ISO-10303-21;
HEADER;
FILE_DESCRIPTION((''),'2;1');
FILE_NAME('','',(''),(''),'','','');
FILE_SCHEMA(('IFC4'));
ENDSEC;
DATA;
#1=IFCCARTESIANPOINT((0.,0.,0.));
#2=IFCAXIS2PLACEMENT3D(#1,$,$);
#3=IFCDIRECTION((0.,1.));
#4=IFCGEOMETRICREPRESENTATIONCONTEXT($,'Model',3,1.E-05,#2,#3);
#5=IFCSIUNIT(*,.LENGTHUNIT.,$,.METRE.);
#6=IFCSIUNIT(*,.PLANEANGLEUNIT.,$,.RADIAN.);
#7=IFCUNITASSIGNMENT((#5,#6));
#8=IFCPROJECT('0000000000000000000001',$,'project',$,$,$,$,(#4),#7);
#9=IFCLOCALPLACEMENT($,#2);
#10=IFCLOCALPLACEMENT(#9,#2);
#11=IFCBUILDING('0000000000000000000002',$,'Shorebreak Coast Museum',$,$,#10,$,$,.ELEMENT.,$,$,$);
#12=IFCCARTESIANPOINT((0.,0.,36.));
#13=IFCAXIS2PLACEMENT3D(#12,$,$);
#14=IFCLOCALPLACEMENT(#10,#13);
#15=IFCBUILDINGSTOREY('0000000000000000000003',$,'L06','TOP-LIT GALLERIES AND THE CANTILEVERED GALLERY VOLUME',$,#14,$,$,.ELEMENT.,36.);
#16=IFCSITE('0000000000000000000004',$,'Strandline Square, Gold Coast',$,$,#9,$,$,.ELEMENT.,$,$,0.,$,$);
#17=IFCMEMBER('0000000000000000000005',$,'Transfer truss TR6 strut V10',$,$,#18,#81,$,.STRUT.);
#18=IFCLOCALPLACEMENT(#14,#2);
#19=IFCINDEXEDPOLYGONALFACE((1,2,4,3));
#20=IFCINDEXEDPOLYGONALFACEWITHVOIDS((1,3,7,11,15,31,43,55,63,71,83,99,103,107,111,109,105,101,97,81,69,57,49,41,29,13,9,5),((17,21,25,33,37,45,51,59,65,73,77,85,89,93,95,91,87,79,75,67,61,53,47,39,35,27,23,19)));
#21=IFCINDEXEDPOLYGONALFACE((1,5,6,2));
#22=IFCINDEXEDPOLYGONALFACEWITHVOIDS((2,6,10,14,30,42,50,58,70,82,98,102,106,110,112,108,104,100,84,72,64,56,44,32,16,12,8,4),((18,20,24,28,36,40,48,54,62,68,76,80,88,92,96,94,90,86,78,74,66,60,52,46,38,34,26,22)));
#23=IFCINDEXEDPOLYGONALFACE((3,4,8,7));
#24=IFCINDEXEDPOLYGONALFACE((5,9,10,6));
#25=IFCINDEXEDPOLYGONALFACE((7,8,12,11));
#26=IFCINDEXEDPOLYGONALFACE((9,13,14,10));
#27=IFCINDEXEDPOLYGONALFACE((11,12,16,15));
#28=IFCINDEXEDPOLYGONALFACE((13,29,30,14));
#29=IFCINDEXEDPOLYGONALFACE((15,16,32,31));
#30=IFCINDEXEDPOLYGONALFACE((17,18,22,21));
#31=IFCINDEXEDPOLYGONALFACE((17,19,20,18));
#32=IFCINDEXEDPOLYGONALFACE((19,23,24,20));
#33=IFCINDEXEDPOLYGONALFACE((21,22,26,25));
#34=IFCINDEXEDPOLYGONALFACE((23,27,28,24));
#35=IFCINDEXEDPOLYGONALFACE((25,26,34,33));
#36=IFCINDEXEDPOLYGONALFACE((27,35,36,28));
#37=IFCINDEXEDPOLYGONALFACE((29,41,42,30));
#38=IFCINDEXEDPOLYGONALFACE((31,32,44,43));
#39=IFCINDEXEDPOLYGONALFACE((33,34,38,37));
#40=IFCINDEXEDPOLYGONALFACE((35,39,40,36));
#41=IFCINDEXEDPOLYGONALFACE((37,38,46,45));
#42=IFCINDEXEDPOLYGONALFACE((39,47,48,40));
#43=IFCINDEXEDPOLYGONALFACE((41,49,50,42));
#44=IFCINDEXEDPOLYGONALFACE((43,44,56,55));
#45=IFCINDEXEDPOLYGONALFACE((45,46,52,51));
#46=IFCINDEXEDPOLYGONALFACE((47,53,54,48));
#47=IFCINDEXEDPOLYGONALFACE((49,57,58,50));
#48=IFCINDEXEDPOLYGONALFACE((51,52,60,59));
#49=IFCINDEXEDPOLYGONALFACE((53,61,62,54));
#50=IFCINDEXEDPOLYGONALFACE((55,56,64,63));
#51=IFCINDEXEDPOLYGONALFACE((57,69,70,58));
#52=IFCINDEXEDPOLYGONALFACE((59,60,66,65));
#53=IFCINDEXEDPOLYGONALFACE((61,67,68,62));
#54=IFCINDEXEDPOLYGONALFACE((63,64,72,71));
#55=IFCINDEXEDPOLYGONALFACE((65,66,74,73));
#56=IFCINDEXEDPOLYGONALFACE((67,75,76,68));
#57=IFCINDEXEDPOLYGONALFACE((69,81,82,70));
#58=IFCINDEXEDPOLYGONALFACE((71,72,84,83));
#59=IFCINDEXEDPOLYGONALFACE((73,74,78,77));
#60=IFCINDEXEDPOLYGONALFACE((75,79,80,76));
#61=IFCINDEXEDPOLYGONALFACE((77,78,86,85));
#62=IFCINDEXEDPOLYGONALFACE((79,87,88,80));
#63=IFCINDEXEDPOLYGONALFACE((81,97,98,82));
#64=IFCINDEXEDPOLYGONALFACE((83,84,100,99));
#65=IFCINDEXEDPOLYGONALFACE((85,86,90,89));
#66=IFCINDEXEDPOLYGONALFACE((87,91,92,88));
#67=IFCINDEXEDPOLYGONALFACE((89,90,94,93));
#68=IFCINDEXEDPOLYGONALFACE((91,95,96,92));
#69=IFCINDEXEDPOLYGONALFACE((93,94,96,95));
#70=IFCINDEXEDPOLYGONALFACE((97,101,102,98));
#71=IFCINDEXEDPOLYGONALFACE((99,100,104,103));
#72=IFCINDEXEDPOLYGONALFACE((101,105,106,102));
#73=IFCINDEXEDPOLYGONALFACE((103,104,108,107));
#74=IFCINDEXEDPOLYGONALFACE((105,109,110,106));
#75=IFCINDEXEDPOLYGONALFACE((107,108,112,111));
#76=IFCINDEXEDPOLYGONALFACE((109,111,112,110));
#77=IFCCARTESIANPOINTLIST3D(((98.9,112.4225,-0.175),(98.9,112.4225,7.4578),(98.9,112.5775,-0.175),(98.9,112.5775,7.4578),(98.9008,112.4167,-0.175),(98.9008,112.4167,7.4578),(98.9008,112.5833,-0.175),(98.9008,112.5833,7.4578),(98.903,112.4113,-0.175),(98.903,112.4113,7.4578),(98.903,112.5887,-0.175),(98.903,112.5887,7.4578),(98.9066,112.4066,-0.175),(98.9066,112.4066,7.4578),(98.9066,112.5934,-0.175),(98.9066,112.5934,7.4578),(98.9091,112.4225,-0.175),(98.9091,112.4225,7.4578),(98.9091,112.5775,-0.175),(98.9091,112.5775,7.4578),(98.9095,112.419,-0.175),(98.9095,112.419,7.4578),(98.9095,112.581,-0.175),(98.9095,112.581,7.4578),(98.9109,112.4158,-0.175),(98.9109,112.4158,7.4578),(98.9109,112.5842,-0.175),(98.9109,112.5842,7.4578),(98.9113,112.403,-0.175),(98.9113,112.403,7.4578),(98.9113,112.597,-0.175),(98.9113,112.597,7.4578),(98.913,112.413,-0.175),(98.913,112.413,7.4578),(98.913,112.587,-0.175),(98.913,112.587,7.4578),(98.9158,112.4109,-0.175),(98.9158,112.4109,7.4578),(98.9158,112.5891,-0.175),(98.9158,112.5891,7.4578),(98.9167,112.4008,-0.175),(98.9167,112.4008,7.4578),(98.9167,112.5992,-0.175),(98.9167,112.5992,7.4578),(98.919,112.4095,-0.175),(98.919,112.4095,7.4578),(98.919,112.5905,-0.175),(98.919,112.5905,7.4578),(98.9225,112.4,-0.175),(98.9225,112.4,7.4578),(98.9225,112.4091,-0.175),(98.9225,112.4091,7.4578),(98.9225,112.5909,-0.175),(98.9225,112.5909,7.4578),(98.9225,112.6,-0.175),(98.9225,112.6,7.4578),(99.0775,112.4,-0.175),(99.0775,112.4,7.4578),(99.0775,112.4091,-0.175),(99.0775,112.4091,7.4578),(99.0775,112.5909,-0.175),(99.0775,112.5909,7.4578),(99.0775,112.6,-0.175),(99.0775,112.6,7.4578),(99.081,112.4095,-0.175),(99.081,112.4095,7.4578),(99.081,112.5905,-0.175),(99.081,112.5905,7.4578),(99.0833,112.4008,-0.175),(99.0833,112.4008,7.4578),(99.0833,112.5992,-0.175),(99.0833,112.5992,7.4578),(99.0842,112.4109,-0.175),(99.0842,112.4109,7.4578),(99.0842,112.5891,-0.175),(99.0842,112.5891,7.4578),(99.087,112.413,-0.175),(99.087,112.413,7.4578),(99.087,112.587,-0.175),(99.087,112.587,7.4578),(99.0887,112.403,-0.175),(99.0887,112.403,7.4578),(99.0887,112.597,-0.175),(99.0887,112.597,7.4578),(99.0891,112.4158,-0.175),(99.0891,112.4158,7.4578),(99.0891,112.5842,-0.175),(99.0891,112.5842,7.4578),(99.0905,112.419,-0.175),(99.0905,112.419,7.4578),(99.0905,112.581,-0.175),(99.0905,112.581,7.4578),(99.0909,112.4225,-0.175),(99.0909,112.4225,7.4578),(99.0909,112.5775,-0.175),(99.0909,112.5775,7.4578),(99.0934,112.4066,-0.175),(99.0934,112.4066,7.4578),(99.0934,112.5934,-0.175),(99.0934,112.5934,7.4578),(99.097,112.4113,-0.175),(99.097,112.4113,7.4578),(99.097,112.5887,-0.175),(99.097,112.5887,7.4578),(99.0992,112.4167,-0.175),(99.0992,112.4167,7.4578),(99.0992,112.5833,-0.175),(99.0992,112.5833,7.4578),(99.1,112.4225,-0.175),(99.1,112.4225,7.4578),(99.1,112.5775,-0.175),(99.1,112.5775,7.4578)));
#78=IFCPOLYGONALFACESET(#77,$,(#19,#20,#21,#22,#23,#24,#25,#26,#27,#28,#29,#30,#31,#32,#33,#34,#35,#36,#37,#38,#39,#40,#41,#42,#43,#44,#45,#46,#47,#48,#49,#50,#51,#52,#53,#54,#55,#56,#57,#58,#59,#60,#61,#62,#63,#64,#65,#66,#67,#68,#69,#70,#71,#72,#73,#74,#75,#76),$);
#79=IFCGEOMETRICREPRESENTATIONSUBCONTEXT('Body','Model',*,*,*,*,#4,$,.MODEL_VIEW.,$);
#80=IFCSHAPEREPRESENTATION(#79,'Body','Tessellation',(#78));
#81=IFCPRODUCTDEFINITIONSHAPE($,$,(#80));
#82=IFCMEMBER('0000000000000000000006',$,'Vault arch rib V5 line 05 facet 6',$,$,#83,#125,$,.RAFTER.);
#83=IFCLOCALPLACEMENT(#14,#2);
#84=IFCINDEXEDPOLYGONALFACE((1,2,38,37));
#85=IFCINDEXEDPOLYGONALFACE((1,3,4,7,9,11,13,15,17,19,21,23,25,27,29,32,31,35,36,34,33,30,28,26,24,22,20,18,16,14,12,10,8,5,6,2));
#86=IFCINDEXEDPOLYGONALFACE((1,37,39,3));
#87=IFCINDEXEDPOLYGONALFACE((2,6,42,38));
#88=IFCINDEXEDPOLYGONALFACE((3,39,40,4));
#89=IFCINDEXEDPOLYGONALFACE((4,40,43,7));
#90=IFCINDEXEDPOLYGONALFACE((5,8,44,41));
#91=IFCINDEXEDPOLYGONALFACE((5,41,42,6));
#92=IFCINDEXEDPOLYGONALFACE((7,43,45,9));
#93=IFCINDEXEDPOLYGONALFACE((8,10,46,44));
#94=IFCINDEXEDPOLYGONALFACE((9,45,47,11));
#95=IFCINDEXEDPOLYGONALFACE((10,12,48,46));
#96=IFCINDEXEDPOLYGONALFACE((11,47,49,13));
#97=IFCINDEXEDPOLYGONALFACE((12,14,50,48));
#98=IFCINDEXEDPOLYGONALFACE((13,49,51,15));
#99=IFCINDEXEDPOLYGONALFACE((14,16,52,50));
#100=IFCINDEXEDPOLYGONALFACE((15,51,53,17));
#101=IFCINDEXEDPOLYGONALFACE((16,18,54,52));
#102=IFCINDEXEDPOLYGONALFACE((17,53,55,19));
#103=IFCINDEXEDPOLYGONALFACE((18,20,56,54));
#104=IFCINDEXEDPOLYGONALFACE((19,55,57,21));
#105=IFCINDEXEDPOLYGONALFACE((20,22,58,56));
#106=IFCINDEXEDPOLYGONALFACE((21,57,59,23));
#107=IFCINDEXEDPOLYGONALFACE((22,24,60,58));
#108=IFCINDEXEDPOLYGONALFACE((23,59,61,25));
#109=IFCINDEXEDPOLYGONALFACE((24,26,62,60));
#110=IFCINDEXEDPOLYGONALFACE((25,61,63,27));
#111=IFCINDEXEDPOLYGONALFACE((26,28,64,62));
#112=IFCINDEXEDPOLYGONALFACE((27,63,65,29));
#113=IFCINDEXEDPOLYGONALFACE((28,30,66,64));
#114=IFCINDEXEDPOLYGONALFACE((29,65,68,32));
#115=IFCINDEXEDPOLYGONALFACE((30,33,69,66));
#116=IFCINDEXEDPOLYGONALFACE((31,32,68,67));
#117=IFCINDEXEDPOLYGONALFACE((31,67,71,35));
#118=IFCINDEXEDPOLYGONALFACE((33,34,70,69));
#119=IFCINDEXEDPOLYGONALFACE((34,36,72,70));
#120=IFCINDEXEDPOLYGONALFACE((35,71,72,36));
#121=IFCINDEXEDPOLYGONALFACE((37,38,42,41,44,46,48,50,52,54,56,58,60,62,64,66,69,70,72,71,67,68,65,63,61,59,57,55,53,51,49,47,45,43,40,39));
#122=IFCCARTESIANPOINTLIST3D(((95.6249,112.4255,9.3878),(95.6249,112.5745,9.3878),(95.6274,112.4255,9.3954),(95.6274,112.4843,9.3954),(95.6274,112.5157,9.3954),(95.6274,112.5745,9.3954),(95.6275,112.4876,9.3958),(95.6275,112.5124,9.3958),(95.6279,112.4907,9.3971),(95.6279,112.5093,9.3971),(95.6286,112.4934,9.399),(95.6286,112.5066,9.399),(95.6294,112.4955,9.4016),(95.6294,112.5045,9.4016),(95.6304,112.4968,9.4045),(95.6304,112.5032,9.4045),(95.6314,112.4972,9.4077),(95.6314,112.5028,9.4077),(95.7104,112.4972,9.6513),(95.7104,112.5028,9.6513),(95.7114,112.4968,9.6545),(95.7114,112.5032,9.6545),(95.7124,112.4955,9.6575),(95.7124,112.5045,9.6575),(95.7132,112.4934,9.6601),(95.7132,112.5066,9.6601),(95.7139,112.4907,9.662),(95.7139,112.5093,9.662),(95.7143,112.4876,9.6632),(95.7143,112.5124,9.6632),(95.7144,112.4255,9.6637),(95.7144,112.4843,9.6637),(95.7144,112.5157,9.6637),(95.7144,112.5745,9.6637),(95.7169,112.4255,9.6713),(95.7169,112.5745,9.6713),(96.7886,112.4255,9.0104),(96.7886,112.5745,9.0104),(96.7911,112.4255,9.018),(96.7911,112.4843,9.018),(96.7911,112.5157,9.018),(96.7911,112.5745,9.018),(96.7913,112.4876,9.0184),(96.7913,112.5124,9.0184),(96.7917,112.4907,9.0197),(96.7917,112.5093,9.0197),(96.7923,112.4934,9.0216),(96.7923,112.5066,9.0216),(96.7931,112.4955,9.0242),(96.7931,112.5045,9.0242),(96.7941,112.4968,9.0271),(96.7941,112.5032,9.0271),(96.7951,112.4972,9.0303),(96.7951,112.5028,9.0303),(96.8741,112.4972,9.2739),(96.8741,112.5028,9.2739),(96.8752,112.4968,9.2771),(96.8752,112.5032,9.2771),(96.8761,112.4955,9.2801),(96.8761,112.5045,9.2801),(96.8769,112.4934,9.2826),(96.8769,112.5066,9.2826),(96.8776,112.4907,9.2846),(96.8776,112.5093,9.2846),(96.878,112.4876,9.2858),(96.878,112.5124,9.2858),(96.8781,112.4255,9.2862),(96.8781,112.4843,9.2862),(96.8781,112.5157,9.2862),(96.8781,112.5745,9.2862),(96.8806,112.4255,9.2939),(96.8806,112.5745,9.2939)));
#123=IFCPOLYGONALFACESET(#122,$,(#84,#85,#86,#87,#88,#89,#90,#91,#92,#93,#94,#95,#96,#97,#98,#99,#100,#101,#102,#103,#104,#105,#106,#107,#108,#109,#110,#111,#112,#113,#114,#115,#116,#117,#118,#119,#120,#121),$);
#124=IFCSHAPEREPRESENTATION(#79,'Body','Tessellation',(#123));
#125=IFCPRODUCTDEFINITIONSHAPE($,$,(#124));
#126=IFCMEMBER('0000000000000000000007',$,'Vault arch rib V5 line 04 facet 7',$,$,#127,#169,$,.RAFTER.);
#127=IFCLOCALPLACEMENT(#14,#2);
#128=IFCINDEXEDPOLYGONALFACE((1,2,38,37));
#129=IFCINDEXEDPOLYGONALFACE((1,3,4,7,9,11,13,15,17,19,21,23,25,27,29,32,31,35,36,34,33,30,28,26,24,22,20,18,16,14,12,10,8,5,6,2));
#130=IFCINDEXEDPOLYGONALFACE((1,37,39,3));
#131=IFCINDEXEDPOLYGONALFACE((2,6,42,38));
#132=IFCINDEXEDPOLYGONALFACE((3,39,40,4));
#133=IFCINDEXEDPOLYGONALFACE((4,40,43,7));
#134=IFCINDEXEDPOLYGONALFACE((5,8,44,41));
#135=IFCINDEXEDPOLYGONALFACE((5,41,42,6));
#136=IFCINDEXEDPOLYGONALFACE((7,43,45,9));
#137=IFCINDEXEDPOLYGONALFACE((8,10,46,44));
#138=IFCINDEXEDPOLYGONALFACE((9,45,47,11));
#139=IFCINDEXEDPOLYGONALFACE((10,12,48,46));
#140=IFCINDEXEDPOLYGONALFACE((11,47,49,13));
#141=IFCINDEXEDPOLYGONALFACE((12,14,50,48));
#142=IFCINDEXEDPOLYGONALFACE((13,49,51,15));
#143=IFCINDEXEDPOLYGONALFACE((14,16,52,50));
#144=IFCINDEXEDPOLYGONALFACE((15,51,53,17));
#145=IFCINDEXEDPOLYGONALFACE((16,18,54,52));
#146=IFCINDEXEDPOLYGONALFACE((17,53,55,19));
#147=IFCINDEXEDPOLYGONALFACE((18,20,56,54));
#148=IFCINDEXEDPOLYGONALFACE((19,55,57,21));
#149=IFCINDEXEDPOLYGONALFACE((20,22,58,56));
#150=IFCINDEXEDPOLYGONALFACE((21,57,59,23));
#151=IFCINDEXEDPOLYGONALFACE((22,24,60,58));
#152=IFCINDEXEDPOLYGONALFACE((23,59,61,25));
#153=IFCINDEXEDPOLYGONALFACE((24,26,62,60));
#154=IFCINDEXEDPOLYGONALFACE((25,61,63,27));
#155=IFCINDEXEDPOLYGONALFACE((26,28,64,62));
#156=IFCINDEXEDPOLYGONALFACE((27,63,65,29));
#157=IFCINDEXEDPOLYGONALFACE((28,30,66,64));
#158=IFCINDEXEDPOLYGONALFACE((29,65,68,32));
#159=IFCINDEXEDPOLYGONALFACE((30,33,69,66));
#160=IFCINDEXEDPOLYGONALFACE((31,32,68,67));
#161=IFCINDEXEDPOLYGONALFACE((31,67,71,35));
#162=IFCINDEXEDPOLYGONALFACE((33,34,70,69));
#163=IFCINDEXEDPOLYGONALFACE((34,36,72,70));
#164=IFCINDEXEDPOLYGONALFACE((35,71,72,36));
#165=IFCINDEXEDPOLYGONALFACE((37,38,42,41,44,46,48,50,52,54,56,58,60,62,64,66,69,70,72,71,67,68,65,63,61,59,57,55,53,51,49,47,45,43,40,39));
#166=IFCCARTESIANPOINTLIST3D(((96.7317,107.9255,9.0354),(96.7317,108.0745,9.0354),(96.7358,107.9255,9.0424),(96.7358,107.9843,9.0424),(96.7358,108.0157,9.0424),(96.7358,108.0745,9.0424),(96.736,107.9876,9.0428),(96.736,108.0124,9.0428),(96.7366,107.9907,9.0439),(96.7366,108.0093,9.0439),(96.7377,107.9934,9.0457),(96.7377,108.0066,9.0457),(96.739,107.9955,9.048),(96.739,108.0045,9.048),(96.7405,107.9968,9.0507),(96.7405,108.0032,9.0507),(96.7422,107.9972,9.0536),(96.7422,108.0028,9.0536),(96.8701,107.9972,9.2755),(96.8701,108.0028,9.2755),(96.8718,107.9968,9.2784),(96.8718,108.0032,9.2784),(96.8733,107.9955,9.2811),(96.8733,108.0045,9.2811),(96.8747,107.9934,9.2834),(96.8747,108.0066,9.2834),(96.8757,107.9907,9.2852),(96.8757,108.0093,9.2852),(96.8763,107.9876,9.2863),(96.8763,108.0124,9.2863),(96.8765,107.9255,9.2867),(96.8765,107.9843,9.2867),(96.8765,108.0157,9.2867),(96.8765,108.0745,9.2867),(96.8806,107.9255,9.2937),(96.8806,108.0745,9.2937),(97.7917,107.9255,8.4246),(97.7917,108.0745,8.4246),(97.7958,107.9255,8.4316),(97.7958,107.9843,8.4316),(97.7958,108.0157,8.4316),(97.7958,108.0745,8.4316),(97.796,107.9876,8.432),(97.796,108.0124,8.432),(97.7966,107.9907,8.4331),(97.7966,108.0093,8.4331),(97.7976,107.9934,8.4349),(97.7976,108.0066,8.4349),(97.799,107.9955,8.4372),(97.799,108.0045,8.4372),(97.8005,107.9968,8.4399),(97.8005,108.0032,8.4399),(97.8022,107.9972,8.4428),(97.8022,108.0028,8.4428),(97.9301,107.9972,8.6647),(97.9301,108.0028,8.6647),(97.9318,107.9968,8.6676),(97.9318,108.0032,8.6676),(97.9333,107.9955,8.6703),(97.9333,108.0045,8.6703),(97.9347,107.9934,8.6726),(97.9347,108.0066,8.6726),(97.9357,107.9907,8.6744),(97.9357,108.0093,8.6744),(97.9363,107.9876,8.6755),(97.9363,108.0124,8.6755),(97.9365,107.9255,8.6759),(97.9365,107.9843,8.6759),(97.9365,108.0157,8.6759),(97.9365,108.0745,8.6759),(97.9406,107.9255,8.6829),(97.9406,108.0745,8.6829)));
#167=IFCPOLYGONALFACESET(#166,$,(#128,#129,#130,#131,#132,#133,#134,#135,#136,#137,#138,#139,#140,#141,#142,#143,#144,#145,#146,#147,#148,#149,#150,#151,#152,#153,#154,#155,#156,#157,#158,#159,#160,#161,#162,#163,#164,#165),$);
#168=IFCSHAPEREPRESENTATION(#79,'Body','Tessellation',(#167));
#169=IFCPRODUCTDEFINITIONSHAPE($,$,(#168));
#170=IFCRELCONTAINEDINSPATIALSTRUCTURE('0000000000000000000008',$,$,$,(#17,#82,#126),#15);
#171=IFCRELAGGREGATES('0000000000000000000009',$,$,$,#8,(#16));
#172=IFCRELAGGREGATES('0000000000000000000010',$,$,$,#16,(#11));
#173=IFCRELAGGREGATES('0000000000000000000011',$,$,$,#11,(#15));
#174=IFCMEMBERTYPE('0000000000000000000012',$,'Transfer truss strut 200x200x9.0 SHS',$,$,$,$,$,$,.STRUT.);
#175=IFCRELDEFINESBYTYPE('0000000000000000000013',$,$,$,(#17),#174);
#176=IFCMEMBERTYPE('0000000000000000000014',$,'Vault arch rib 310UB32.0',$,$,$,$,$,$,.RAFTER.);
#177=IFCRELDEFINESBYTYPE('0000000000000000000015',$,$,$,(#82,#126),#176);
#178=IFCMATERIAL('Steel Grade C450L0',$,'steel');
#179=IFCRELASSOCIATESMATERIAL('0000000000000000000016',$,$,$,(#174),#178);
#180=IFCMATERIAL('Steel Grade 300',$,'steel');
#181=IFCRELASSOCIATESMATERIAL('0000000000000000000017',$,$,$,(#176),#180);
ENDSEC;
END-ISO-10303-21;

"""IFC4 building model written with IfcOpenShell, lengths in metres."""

from ifc_helpers import new_model, si_unit, direction, frame, origin, origin_2d, place, context, subcontext, project, spatial, hollow_rectangle, i_section, extrude, material, material_profile, profile_set, type_object, element, save


model = new_model("IFC4")

# Units and contexts
model_context = context("Model", 3, precision=1e-05, world=origin(), true_north=direction((0.0, 1.0)))
body_context = subcontext(model_context, "Body", "Model", "MODEL_VIEW")
ifc_project = project(units=[si_unit("LENGTHUNIT", "METRE"), si_unit("PLANEANGLEUNIT", "RADIAN")], contexts=[model_context])

# Site, building, storey
site_placement = place(None, origin())
site = spatial("IfcSite", under=ifc_project, at=site_placement, Name="Strandline Square, Gold Coast", CompositionType="ELEMENT", RefElevation=0.0)
building_placement = place(site_placement, origin())
building = spatial("IfcBuilding", under=site, at=building_placement, Name="Shorebreak Coast Museum", CompositionType="ELEMENT")
storey_placement = place(building_placement, frame((0.0, 0.0, 36.0)))
storey = spatial("IfcBuildingStorey", under=building, at=storey_placement, Name="L06", Description="TOP-LIT GALLERIES AND THE CANTILEVERED GALLERY VOLUME", CompositionType="ELEMENT", Elevation=36.0)

# Members
ifc_material_1 = material(Name="Steel Grade C450L0", Category="steel")
ifc_material_profile_1 = material_profile(ifc_material_1, hollow_rectangle(XDim=0.2, YDim=0.2, WallThickness=0.009, InnerFilletRadius=0.0134, OuterFilletRadius=0.0225, at=origin_2d()), Name="200x200x9.0 SHS")
ifc_profile_set_1 = profile_set([ifc_material_profile_1], Name="Steel Grade C450L0")
member_type_1 = type_object("IfcMemberType", Name="Transfer truss strut 200x200x9.0 SHS", PredefinedType="STRUT", material=ifc_profile_set_1)
member_1_placement = place(storey_placement, frame((99.0, 112.5, -0.175), z_axis=(0.0, 0.0, 1.0), x_axis=(1.0, 0.0, 0.0)))
element("IfcMember", 1, at=member_1_placement, inside=storey, type_object=member_type_1, Name="Transfer truss TR6 strut V10", PredefinedType="STRUT", context=body_context, shape_type="SweptSolid", body=[
    extrude(hollow_rectangle(XDim=0.2, YDim=0.2, WallThickness=0.009, InnerFilletRadius=0.0134, OuterFilletRadius=0.0225, at=origin_2d()), origin(), (0.0, 0.0, 1.0), 7.6328),
])
ifc_material_2 = material(Name="Steel Grade 300", Category="steel")
ifc_material_profile_2 = material_profile(ifc_material_2, i_section(OverallWidth=0.1489, OverallDepth=0.2981, WebThickness=0.0056, FlangeThickness=0.0081, FilletRadius=0.0129, at=origin_2d()), Name="310UB32.0")
ifc_profile_set_2 = profile_set([ifc_material_profile_2], Name="Steel Grade 300")
member_type_2 = type_object("IfcMemberType", Name="Vault arch rib 310UB32.0", PredefinedType="RAFTER", material=ifc_profile_set_2)
for number, where, z_axis, x_axis, name in (
    (2, (95.6709, 112.5, 9.5295), (0.951226, 0.0, -0.308495), (0.0, 1.0, 0.0), "Vault arch rib V5 line 05 facet 6"),
    (3, (96.8062, 108.0, 9.1646), (0.866445, 0.0, -0.499273), (0.0, 1.0, 0.0), "Vault arch rib V5 line 04 facet 7"),
):
    element("IfcMember", number, at=place(storey_placement, frame(where, z_axis=z_axis, x_axis=x_axis)), inside=storey, type_object=member_type_2, Name=name, PredefinedType="RAFTER", context=body_context, shape_type="SweptSolid", body=[
        extrude(i_section(OverallWidth=0.1489, OverallDepth=0.2981, WebThickness=0.0056, FlangeThickness=0.0081, FilletRadius=0.0129, at=origin_2d()), origin(), (0.0, 0.0, 1.0), 1.2234),
    ])

save(model, "model.ifc")
